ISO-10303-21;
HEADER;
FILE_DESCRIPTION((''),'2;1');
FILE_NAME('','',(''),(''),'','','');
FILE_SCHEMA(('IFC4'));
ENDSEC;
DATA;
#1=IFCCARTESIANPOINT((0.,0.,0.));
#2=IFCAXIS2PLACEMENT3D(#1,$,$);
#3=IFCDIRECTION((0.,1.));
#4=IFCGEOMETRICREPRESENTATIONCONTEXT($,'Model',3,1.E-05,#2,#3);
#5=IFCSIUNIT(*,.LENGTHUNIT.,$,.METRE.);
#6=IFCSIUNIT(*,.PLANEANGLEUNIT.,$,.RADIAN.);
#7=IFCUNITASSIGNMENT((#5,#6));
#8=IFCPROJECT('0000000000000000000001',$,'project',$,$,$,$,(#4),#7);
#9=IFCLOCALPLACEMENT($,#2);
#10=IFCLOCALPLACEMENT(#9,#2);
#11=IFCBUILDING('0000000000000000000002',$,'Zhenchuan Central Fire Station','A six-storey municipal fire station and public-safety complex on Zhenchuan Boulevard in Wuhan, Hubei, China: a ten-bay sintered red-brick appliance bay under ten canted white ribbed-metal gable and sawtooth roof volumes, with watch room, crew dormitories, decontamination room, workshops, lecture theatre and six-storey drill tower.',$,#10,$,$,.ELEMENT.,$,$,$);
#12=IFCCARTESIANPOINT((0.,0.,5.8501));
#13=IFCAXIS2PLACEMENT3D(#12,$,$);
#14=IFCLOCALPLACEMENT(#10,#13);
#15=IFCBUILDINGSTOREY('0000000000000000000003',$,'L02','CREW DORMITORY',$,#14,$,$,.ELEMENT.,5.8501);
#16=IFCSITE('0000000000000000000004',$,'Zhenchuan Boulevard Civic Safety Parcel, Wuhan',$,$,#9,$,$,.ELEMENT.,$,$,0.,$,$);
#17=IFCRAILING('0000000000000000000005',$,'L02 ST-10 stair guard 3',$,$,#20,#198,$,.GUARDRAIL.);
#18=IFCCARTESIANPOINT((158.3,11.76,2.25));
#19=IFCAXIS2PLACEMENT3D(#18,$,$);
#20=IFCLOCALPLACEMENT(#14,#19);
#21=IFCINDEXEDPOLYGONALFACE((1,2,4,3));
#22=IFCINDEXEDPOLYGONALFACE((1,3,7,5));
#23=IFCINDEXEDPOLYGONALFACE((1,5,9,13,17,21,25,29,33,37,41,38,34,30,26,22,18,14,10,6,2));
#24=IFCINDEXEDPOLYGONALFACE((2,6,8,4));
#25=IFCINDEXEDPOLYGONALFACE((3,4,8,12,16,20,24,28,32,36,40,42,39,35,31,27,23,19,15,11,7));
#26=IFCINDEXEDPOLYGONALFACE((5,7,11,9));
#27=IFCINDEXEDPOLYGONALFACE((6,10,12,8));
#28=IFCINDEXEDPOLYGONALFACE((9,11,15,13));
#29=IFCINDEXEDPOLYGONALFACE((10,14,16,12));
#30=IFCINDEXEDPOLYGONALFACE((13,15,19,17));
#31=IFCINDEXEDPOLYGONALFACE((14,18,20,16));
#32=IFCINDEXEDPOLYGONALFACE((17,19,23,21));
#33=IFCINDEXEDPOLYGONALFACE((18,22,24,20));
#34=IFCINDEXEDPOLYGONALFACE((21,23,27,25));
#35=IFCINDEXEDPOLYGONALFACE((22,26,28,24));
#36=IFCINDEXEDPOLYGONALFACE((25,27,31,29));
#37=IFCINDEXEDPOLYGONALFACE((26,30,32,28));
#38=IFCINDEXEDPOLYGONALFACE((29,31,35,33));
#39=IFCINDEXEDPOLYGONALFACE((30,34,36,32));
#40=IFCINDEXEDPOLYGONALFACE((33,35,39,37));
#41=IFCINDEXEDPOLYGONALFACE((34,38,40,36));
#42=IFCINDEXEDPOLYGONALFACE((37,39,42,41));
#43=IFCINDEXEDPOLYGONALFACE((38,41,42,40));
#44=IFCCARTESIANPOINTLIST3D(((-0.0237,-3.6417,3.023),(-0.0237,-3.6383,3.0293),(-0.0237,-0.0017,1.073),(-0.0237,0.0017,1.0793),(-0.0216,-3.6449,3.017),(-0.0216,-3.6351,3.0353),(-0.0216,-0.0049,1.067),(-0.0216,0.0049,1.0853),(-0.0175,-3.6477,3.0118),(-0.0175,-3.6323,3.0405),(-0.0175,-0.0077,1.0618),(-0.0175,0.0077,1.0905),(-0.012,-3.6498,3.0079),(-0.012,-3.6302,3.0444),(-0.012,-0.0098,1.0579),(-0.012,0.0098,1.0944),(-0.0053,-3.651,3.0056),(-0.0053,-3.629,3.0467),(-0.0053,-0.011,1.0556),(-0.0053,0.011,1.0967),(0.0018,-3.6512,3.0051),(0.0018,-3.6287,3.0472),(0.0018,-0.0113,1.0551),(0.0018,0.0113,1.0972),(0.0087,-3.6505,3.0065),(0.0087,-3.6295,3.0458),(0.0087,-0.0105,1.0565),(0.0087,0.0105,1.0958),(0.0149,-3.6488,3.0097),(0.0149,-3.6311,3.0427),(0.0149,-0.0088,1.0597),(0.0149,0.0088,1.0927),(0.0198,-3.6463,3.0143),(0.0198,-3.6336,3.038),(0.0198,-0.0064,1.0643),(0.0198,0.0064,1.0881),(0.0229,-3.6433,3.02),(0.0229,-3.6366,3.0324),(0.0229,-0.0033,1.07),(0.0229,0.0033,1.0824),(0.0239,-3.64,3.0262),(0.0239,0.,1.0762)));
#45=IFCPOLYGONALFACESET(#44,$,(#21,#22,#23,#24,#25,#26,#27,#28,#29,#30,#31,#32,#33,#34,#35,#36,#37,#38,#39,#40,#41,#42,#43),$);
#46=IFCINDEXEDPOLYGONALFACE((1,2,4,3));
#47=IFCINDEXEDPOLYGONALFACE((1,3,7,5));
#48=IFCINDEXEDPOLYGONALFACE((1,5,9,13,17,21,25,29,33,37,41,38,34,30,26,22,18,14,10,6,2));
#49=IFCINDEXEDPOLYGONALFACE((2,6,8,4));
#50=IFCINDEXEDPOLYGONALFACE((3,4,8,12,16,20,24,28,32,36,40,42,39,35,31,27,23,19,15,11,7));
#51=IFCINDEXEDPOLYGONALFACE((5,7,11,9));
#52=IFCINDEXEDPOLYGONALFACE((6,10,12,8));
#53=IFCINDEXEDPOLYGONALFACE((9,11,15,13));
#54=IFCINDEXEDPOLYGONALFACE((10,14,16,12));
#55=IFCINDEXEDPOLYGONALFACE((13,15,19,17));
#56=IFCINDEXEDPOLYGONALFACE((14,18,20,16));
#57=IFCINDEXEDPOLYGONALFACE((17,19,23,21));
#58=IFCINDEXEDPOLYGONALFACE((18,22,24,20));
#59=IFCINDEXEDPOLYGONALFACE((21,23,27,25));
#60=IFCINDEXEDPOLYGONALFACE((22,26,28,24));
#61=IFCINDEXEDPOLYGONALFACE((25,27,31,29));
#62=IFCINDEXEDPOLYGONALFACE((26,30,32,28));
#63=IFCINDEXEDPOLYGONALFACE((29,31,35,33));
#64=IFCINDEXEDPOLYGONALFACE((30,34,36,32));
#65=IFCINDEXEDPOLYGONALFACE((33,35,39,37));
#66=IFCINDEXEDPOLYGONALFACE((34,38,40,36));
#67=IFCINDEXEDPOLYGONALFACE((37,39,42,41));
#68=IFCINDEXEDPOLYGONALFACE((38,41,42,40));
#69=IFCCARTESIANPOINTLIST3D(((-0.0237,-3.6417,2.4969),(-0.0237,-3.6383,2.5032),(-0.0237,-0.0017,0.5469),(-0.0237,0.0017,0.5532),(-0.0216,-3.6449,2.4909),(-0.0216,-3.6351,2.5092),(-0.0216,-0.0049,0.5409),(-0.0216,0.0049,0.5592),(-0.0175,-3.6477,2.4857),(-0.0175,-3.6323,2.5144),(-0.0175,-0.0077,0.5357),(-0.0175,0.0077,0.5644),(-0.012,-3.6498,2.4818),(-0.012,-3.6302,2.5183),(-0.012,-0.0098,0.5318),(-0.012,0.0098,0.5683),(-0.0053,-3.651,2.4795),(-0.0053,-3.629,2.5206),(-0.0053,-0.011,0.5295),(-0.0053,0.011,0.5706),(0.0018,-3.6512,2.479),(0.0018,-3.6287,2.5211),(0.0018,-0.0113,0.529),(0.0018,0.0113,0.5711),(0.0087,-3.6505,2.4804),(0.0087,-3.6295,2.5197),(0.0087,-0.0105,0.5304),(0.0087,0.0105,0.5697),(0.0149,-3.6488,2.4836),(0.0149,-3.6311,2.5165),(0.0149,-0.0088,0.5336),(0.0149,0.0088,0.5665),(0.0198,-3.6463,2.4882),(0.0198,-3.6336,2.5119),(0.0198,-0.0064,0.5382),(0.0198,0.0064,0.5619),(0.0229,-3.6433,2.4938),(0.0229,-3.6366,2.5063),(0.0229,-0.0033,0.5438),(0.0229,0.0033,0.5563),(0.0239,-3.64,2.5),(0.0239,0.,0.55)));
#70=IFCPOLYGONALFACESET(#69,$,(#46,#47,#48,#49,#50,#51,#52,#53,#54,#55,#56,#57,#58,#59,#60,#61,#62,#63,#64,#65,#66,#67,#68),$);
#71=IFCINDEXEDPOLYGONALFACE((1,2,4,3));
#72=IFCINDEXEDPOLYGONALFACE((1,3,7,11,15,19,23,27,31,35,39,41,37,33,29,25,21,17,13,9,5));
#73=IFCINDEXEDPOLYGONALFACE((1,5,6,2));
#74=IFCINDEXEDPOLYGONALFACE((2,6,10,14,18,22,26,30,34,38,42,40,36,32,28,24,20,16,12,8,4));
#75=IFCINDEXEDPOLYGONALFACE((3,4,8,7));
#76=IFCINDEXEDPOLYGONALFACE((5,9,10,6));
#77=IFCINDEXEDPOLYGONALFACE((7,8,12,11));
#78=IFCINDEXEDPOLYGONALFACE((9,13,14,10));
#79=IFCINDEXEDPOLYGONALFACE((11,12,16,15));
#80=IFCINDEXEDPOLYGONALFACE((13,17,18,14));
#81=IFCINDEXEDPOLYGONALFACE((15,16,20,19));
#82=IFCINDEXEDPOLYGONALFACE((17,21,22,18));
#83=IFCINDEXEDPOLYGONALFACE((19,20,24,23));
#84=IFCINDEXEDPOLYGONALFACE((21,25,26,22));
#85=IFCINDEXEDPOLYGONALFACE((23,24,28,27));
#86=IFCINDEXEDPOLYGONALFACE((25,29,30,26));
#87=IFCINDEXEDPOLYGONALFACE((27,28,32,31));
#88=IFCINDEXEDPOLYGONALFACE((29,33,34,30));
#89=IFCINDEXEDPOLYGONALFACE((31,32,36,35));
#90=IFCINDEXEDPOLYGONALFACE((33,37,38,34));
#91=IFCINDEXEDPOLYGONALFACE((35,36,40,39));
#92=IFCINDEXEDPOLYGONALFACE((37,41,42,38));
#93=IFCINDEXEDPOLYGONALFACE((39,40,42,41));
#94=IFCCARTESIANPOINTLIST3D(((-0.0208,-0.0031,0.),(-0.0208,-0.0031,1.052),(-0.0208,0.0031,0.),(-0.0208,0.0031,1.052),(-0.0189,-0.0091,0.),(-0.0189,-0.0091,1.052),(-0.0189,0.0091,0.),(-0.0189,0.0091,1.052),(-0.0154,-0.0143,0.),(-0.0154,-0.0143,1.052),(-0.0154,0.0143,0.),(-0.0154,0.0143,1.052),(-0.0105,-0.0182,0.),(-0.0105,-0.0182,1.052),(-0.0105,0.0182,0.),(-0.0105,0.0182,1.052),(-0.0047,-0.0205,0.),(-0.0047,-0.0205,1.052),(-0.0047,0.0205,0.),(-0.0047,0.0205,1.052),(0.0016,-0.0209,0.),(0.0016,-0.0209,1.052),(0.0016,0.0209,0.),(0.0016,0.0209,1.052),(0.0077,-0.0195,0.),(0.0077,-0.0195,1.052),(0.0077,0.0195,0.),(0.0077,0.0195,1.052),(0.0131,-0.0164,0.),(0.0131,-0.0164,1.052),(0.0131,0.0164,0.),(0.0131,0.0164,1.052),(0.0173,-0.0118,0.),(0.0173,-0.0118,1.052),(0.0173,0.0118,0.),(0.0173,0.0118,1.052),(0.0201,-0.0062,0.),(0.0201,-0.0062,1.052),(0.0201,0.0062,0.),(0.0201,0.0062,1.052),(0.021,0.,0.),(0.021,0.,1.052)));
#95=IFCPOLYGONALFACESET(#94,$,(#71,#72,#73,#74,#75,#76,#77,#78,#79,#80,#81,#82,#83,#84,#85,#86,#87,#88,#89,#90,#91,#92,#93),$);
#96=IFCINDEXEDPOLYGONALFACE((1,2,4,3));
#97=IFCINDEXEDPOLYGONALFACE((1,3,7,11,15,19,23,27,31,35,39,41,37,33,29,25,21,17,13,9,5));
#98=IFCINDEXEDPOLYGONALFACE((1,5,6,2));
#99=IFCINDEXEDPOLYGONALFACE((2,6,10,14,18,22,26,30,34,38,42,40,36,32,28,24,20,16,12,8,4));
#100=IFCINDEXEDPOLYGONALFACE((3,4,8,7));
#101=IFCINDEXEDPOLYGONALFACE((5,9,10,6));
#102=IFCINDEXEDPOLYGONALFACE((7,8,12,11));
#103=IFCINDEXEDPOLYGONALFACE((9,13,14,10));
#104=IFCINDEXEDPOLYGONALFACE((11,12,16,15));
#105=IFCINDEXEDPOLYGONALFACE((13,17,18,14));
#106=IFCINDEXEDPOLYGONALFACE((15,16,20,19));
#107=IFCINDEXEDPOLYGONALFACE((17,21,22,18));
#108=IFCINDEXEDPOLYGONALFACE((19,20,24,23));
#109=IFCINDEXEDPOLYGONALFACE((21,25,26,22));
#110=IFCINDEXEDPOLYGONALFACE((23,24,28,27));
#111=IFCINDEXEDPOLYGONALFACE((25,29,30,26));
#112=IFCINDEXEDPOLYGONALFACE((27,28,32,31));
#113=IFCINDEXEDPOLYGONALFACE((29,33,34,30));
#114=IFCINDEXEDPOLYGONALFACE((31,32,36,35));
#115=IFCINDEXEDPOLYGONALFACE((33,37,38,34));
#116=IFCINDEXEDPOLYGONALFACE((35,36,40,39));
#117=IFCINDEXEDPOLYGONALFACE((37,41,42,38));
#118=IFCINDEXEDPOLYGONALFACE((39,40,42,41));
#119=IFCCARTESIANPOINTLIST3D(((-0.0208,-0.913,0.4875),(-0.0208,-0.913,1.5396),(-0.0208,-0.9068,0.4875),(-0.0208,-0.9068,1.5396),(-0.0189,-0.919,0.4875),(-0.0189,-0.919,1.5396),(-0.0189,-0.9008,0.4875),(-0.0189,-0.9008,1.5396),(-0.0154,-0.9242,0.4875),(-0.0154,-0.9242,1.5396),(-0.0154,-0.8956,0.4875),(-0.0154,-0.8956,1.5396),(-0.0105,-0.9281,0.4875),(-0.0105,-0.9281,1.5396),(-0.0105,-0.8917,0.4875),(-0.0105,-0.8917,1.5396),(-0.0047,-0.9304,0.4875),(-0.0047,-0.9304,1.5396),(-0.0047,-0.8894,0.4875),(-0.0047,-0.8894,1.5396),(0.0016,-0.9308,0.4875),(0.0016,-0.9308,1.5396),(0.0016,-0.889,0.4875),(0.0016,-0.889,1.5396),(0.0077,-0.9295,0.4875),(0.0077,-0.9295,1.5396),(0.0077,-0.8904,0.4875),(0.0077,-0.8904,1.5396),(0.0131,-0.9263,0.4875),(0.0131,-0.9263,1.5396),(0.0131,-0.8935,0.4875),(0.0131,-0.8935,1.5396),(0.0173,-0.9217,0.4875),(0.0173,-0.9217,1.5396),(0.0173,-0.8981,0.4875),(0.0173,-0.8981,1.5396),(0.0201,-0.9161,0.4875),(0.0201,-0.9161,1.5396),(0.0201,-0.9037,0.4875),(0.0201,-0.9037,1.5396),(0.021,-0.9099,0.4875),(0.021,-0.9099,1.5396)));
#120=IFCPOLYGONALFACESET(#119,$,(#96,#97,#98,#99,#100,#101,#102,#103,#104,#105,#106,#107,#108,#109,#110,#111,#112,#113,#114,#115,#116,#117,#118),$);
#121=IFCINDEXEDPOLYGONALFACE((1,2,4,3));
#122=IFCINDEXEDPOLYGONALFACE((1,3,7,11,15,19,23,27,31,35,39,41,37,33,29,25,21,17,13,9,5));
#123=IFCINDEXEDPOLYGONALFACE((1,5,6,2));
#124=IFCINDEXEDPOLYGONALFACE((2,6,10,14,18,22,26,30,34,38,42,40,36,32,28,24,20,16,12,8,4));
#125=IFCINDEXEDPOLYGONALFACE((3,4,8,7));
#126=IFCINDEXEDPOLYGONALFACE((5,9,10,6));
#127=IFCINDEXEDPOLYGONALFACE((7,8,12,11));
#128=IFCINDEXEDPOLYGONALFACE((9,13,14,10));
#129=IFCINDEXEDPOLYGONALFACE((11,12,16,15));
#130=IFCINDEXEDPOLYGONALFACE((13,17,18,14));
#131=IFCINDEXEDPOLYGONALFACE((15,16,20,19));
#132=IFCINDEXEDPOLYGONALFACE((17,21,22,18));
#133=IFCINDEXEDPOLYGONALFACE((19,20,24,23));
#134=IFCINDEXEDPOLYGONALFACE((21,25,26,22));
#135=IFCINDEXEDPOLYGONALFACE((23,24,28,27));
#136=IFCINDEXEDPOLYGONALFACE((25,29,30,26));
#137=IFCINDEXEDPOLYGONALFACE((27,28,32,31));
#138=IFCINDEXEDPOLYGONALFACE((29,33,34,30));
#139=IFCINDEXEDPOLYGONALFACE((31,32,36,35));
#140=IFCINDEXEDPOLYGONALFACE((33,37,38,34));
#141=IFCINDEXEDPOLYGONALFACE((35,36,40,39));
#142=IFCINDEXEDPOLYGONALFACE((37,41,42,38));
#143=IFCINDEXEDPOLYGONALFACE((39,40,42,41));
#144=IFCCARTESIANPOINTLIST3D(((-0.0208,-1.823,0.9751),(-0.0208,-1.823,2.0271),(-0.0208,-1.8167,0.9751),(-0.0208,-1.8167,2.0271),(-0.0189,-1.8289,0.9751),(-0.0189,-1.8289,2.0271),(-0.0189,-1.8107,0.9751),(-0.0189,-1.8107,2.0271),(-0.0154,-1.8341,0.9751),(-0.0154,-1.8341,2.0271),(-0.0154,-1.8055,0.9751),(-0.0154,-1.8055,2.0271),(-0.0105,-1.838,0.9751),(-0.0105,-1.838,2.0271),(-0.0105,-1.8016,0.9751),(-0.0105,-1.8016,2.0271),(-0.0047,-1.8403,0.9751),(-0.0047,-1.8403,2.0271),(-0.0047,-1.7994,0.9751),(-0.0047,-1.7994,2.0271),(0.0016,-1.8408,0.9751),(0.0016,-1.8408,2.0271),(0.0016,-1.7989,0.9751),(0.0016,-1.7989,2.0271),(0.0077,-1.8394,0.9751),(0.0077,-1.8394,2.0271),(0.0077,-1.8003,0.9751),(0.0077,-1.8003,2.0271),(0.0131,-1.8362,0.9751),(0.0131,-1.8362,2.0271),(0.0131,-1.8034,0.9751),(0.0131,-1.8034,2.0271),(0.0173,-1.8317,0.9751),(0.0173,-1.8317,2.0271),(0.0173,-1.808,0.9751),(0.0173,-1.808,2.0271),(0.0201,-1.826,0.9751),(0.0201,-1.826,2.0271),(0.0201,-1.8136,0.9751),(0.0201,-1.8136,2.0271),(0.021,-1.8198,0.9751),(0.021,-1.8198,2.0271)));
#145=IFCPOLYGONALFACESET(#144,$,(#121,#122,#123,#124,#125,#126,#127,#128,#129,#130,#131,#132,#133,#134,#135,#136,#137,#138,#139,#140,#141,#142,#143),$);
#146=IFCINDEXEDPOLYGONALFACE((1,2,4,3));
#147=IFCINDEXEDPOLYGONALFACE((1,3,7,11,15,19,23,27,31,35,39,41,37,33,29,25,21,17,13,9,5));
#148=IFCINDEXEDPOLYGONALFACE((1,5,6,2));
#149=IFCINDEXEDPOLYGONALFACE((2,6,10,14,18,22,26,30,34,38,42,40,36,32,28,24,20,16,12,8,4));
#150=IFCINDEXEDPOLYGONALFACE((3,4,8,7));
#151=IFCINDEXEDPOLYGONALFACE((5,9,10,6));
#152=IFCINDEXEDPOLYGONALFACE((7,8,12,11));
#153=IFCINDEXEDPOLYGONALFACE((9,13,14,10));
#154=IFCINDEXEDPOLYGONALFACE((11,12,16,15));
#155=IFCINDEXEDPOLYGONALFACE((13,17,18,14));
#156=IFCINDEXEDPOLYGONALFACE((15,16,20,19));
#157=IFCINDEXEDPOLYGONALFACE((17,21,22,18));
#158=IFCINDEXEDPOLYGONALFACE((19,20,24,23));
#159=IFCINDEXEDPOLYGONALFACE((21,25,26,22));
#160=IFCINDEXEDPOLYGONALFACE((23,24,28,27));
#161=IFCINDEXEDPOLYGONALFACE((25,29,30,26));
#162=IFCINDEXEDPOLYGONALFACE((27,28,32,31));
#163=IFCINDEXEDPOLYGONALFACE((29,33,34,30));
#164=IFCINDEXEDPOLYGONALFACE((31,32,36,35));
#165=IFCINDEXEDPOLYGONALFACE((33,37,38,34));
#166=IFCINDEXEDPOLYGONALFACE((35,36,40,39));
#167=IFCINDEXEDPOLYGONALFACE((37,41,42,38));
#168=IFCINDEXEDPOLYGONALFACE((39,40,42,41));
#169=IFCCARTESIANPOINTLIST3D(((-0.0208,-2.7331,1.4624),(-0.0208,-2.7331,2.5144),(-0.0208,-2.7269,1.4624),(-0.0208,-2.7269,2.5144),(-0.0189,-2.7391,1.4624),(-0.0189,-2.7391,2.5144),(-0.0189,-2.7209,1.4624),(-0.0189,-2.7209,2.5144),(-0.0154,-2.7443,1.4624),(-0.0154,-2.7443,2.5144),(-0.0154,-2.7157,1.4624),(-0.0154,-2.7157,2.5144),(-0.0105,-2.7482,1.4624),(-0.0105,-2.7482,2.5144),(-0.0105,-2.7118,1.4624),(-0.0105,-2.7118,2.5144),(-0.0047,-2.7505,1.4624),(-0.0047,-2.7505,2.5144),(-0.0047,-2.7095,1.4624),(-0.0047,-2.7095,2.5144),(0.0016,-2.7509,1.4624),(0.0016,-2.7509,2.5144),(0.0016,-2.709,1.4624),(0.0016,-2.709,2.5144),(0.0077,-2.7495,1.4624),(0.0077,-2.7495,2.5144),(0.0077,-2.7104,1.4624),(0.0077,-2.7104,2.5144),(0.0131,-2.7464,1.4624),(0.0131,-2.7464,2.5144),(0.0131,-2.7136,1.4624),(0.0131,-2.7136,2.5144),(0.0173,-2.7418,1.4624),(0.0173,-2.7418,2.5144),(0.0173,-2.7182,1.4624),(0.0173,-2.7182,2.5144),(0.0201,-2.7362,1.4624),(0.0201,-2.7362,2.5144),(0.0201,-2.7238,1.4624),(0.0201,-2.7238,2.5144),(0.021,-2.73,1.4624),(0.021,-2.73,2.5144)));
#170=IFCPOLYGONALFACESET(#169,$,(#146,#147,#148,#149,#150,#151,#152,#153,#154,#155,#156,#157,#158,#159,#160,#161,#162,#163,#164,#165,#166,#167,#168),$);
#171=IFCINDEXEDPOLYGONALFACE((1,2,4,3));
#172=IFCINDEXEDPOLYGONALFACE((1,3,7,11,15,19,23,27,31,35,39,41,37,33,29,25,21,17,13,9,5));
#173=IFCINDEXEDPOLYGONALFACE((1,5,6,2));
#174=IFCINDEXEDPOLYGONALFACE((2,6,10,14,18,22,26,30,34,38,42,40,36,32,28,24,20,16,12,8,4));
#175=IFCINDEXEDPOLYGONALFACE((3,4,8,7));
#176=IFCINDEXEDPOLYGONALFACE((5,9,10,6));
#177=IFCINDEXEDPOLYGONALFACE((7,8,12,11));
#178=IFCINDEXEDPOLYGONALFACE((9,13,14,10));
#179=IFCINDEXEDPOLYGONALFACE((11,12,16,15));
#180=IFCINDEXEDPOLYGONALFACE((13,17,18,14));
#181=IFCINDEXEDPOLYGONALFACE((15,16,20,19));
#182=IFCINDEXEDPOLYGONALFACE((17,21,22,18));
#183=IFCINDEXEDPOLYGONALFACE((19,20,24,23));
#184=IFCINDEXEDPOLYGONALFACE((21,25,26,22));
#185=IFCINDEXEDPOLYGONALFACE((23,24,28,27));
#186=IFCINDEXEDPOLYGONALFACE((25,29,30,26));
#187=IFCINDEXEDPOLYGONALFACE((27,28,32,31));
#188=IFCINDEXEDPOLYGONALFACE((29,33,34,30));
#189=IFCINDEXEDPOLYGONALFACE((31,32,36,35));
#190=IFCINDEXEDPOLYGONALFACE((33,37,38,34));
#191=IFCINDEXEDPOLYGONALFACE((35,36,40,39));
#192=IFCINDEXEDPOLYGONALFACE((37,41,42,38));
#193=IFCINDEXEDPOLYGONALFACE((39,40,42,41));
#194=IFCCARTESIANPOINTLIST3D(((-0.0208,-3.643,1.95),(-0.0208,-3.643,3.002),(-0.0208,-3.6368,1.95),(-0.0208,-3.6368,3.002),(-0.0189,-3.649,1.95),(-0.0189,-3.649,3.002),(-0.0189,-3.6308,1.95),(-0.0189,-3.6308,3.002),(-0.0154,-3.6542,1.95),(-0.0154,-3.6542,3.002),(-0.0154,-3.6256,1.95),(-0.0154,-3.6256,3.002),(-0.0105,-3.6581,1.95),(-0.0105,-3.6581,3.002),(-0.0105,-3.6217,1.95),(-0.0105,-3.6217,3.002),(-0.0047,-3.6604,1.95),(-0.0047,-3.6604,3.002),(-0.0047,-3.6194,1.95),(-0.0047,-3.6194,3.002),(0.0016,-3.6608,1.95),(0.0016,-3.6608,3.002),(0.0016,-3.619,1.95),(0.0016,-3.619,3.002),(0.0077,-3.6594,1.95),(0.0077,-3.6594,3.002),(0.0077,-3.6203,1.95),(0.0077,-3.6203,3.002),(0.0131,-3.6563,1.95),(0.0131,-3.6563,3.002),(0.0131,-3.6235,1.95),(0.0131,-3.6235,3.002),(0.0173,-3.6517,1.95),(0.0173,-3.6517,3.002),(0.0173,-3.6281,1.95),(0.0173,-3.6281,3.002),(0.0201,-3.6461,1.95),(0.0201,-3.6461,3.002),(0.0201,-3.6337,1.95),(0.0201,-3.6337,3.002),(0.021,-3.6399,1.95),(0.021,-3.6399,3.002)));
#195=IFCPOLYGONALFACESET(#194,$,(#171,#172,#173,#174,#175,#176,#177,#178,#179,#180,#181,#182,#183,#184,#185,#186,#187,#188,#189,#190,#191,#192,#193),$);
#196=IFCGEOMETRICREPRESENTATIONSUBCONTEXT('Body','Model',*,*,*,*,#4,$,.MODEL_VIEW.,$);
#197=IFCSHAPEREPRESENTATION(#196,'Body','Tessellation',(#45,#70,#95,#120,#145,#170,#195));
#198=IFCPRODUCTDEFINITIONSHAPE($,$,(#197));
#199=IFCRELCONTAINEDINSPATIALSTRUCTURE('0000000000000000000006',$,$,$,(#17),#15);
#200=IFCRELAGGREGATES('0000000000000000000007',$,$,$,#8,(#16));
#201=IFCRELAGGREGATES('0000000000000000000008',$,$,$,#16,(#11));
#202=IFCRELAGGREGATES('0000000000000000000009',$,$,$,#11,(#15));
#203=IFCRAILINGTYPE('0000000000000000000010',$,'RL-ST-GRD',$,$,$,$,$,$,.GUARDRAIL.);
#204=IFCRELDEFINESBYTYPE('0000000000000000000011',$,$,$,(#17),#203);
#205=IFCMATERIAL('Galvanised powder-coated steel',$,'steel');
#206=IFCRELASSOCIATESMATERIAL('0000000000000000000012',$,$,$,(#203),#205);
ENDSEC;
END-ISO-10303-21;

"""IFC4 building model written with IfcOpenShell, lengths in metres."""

from ifc_helpers import new_model, si_unit, direction, frame, origin, origin_2d, place, context, subcontext, project, spatial, circle, extrude, material, type_object, element, save


model = new_model("IFC4")

# Units and contexts
model_context = context("Model", 3, precision=1e-05, world=origin(), true_north=direction((0.0, 1.0)))
body_context = subcontext(model_context, "Body", "Model", "MODEL_VIEW")
ifc_project = project(units=[si_unit("LENGTHUNIT", "METRE"), si_unit("PLANEANGLEUNIT", "RADIAN")], contexts=[model_context])

# Site, building, storey
site_placement = place(None, origin())
site = spatial("IfcSite", under=ifc_project, at=site_placement, Name="Zhenchuan Boulevard Civic Safety Parcel, Wuhan", CompositionType="ELEMENT", RefElevation=0.0)
building_placement = place(site_placement, origin())
building = spatial("IfcBuilding", under=site, at=building_placement, Name="Zhenchuan Central Fire Station", Description="A six-storey municipal fire station and public-safety complex on Zhenchuan Boulevard in Wuhan, Hubei, China: a ten-bay sintered red-brick appliance bay under ten canted white ribbed-metal gable and sawtooth roof volumes, with watch room, crew dormitories, decontamination room, workshops, lecture theatre and six-storey drill tower.", CompositionType="ELEMENT")
storey_placement = place(building_placement, frame((0.0, 0.0, 5.8501)))
storey = spatial("IfcBuildingStorey", under=building, at=storey_placement, Name="L02", Description="CREW DORMITORY", CompositionType="ELEMENT", Elevation=5.8501)

# Railing
ifc_material_1 = material(Name="Galvanised powder-coated steel", Category="steel")
railing_type_1 = type_object("IfcRailingType", Name="RL-ST-GRD", PredefinedType="GUARDRAIL", material=ifc_material_1)
railing_1_placement = place(storey_placement, frame((158.3, 11.76, 2.25)))
element("IfcRailing", 1, at=railing_1_placement, inside=storey, type_object=railing_type_1, Name="L02 ST-10 stair guard 3", PredefinedType="GUARDRAIL", context=body_context, shape_type="SweptSolid", body=[
    extrude(circle(Radius=0.0239, at=origin_2d()), frame((0.0, 0.0, 1.0762), z_axis=(0.0, -0.881479, 0.472223), x_axis=(1.0, 0.0, 0.0)), (0.0, 0.0, 1.0), 4.1294),
    extrude(circle(Radius=0.0239, at=origin_2d()), frame((0.0, 0.0, 0.55), z_axis=(0.0, -0.881479, 0.472223), x_axis=(1.0, 0.0, 0.0)), (0.0, 0.0, 1.0), 4.1294),
    extrude(circle(Radius=0.021, at=origin_2d()), origin(), (0.0, 0.0, 1.0), 1.052),
    extrude(circle(Radius=0.021, at=origin_2d()), frame((0.0, -0.9099, 0.4875)), (0.0, 0.0, 1.0), 1.052),
    extrude(circle(Radius=0.021, at=origin_2d()), frame((0.0, -1.8198, 0.9751)), (0.0, 0.0, 1.0), 1.052),
    extrude(circle(Radius=0.021, at=origin_2d()), frame((0.0, -2.73, 1.4624)), (0.0, 0.0, 1.0), 1.052),
    extrude(circle(Radius=0.021, at=origin_2d()), frame((0.0, -3.6399, 1.95)), (0.0, 0.0, 1.0), 1.052),
])

save(model, "model.ifc")
